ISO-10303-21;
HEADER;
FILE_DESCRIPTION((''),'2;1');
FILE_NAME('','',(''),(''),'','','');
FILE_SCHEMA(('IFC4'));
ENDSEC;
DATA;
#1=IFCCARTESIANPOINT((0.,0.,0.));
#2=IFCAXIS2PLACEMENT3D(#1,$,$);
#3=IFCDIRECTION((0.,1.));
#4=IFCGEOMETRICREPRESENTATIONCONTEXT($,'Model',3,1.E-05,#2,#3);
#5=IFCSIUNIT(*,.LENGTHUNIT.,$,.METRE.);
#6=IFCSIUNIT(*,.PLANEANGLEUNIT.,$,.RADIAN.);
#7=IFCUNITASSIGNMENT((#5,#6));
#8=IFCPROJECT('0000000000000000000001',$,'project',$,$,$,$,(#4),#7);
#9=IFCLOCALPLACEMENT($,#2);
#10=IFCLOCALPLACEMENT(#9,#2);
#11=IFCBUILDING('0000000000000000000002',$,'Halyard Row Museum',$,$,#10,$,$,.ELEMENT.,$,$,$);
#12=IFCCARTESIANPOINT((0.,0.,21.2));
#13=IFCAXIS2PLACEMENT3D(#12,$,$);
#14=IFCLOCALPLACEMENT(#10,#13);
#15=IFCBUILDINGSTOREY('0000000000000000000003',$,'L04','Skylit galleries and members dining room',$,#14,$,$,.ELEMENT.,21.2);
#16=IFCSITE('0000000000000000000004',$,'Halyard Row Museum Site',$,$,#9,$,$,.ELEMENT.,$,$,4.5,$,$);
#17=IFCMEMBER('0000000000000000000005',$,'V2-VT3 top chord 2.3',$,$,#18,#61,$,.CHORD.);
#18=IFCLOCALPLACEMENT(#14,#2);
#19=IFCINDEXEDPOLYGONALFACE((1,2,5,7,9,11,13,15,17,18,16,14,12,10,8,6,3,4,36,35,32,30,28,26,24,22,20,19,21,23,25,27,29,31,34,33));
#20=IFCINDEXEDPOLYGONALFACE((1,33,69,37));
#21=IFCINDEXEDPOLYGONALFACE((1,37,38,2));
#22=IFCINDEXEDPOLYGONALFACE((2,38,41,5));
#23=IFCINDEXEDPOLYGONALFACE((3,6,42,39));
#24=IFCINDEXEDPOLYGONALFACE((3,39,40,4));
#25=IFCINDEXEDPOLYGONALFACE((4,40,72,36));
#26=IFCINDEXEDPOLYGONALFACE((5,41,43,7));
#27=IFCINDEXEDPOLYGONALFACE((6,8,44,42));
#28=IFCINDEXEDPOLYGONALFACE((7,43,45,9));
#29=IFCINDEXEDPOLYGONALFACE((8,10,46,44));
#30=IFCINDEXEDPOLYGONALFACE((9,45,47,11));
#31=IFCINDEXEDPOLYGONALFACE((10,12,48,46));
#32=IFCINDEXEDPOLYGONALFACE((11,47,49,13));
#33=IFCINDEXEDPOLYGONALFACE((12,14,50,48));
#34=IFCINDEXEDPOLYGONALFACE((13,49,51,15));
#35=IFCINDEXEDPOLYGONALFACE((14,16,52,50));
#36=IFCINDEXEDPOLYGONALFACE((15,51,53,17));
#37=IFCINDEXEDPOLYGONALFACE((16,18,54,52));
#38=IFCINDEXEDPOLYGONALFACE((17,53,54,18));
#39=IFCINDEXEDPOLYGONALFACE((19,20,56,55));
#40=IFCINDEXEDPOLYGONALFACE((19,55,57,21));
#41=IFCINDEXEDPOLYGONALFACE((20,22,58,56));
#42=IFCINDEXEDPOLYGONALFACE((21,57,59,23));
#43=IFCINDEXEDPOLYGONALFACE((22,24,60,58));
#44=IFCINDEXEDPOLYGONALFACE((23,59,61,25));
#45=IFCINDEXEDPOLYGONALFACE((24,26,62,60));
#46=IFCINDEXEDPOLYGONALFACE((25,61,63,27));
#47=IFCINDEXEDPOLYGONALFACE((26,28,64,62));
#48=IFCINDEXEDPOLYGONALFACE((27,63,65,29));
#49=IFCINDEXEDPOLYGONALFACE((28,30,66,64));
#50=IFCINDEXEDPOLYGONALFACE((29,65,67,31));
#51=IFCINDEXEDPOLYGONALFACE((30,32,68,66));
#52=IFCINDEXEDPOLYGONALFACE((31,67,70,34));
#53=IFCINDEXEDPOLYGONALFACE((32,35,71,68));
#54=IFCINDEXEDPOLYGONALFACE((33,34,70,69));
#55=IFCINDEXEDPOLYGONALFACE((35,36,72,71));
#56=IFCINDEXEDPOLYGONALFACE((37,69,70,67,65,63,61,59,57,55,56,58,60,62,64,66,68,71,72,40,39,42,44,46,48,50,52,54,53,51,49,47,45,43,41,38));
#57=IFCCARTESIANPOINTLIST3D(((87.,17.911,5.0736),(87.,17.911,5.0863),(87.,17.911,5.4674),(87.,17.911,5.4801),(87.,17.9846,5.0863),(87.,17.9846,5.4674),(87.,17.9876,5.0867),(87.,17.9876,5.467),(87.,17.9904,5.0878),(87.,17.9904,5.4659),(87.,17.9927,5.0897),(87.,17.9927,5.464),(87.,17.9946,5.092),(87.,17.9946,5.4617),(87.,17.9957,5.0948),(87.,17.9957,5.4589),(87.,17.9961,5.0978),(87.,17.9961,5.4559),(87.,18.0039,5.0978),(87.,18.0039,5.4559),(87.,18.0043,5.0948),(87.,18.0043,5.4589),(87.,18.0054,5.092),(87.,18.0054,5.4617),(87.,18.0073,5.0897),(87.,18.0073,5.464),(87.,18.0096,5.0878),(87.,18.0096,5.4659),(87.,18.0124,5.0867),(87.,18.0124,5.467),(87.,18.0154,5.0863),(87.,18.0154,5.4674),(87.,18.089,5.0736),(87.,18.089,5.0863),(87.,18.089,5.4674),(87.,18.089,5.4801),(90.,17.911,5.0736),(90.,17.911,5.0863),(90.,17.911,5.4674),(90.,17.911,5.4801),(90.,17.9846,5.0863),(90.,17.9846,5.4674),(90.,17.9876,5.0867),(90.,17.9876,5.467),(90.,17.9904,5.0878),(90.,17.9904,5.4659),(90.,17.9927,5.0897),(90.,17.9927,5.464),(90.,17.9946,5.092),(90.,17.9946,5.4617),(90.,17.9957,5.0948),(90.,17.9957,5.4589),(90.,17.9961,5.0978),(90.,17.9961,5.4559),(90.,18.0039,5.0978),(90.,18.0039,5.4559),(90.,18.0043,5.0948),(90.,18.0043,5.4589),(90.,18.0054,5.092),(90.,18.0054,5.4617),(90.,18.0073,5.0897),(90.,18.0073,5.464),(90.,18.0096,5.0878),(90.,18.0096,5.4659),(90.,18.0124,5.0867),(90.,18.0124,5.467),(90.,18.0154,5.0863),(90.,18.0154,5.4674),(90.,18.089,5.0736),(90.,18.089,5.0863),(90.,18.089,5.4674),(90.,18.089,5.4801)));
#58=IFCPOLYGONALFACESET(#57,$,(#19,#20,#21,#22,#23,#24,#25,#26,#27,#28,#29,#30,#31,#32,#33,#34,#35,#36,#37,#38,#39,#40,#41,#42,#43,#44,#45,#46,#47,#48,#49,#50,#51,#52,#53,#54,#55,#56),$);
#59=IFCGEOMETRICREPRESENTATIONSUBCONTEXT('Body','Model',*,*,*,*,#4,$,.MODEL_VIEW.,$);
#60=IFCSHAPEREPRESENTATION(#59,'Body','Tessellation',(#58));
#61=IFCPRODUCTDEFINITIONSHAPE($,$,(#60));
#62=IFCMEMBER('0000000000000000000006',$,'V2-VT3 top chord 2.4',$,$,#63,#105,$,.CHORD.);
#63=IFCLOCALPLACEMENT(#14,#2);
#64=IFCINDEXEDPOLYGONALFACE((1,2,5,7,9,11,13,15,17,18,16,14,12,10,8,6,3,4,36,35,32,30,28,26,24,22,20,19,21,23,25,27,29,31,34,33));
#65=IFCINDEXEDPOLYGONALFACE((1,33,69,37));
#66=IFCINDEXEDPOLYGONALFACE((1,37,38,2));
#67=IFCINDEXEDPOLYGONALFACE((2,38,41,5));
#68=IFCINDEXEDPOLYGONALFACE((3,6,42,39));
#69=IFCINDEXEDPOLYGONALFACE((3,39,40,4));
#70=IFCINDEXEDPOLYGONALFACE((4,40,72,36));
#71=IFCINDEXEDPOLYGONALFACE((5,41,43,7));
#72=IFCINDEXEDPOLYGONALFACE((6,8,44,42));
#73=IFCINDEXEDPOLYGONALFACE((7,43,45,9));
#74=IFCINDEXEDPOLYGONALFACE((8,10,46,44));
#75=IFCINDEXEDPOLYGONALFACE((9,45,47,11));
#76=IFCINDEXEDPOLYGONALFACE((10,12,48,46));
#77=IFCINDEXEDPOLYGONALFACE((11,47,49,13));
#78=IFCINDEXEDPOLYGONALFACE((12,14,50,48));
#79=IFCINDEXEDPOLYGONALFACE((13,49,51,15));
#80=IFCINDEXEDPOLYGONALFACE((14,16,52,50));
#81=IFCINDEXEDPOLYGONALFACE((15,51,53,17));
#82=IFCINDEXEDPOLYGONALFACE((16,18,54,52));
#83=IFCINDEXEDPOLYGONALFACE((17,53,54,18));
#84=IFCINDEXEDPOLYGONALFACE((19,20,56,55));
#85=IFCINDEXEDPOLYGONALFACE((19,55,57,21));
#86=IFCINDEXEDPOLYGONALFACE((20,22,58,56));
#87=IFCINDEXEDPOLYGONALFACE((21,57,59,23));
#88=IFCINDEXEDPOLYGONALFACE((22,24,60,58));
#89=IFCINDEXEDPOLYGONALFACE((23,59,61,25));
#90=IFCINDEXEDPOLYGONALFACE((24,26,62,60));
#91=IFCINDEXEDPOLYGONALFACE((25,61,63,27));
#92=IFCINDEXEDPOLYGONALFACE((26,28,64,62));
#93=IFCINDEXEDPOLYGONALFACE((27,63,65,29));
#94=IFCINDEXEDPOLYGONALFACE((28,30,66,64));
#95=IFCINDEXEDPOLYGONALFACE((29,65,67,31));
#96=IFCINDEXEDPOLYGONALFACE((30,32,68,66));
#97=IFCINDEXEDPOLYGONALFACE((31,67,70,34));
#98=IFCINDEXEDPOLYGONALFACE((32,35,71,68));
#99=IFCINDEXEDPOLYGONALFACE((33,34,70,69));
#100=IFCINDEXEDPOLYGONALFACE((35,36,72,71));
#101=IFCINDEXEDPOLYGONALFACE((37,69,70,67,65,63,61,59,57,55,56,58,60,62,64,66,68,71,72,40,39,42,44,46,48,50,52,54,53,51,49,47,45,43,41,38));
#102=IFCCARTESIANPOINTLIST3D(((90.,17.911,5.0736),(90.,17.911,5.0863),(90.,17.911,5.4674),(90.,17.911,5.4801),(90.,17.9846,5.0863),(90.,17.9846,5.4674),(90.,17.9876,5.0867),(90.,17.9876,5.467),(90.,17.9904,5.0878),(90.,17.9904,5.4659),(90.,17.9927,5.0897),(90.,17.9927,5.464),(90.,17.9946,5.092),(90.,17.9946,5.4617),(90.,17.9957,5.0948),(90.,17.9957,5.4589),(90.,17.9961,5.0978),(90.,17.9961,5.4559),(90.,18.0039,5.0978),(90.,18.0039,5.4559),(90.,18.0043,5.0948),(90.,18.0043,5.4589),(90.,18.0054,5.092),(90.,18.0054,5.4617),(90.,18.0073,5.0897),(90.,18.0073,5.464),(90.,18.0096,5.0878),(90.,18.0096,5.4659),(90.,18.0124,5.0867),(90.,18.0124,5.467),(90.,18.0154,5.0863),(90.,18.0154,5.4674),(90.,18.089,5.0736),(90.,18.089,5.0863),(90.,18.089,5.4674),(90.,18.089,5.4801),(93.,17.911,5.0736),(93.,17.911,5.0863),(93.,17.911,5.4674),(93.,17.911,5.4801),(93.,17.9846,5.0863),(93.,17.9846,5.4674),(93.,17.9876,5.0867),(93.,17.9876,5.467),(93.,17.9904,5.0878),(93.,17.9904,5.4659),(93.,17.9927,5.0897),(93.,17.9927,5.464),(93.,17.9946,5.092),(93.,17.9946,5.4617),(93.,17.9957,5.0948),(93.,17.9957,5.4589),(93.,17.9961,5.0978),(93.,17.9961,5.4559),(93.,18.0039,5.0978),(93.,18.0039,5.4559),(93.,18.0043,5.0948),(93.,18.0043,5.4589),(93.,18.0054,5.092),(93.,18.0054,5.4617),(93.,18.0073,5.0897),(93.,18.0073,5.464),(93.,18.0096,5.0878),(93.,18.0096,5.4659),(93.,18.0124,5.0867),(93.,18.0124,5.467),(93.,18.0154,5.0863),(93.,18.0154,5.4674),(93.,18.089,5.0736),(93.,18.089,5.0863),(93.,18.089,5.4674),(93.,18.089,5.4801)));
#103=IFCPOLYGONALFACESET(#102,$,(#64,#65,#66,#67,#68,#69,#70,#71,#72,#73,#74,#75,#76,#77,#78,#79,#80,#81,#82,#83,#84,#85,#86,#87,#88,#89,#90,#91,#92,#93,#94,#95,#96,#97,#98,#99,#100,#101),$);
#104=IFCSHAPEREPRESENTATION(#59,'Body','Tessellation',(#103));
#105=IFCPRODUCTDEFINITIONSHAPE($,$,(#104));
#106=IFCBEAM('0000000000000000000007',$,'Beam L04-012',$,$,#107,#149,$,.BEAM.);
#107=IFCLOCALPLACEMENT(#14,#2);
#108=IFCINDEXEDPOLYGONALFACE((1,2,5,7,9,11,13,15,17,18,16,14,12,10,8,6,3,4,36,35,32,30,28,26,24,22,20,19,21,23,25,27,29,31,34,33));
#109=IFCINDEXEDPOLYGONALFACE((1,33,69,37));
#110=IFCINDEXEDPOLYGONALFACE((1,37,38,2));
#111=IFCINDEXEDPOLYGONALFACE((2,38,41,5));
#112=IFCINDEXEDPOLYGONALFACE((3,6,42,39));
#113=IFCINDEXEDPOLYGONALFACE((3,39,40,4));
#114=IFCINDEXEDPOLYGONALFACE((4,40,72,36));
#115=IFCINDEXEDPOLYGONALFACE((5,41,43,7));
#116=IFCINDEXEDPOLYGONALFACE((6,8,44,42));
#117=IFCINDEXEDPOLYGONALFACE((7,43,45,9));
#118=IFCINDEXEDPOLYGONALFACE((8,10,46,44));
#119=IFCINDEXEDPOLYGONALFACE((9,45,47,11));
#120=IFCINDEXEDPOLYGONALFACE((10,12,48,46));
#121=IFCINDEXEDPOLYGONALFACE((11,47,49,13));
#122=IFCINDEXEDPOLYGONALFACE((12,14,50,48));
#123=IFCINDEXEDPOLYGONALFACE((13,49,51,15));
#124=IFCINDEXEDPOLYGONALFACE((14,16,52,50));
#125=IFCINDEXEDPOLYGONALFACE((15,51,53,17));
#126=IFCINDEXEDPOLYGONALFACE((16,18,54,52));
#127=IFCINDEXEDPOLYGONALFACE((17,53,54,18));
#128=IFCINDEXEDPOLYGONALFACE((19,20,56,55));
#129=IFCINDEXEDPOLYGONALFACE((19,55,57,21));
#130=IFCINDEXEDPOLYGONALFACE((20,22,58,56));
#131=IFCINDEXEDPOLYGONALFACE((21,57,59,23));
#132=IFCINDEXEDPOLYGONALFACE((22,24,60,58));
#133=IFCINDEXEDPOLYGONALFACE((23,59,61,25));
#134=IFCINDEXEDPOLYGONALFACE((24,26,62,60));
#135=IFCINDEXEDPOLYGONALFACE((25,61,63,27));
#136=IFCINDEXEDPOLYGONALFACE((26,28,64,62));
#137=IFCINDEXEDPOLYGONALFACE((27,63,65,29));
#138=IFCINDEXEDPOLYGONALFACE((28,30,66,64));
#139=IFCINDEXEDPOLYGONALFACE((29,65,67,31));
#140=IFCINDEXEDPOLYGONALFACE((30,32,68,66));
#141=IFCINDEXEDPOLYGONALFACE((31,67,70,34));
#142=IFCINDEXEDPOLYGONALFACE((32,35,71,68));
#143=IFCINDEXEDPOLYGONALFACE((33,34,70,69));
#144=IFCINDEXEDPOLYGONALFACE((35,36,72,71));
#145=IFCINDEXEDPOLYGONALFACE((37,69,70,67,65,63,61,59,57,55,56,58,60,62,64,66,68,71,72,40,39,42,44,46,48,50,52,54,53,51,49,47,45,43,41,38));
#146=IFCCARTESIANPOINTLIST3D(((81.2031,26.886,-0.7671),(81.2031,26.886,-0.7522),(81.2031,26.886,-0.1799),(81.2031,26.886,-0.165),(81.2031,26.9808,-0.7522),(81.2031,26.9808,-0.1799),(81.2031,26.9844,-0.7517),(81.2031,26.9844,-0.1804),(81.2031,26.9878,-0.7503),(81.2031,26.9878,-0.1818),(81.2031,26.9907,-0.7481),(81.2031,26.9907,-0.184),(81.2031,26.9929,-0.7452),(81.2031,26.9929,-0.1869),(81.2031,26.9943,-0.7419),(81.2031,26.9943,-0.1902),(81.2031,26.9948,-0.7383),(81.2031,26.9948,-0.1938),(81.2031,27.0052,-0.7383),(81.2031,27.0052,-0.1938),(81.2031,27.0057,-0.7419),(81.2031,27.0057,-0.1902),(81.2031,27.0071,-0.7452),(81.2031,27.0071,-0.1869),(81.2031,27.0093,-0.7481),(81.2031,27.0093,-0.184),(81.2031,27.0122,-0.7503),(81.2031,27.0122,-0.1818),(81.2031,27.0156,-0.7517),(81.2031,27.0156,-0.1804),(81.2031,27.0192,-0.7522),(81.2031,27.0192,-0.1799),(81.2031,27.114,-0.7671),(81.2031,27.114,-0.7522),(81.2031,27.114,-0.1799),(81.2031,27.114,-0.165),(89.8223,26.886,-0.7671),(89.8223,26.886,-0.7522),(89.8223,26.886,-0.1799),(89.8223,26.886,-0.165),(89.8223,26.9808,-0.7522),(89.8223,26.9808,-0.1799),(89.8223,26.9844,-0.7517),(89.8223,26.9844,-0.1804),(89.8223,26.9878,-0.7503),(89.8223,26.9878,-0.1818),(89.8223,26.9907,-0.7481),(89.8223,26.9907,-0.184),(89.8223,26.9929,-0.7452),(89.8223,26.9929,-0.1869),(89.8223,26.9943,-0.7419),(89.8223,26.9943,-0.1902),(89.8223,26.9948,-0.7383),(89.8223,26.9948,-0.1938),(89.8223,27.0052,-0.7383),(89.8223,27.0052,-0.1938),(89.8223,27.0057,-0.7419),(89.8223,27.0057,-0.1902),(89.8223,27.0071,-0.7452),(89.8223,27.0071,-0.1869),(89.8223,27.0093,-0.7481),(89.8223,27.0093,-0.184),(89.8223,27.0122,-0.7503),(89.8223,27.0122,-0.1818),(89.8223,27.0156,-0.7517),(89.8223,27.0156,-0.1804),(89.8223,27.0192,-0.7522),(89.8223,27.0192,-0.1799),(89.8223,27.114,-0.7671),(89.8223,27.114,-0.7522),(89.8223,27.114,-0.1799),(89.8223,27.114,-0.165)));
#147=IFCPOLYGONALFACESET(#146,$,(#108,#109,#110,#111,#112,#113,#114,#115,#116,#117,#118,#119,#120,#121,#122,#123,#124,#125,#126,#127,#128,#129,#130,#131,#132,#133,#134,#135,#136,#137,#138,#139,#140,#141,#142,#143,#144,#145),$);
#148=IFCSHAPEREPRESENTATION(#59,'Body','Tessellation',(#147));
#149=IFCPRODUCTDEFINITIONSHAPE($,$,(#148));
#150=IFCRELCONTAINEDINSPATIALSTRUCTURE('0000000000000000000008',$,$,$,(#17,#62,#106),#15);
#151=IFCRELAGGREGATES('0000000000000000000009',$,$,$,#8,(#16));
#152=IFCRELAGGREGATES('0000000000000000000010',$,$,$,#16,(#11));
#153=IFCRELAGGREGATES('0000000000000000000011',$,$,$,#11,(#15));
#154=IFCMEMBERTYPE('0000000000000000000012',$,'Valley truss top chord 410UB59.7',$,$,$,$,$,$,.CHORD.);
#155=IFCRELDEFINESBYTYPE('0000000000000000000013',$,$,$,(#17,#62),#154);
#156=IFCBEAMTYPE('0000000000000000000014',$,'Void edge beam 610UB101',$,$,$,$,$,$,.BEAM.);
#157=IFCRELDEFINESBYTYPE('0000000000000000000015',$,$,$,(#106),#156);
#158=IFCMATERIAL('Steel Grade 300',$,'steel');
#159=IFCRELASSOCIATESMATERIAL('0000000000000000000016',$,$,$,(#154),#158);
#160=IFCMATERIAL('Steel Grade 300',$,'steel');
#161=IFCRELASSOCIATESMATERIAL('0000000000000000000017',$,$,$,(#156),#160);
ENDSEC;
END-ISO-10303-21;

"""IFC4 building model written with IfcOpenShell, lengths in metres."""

from ifc_helpers import new_model, si_unit, direction, frame, origin, origin_2d, place, context, subcontext, project, spatial, i_section, extrude, material, material_profile, profile_set, type_object, element, save


model = new_model("IFC4")

# Units and contexts
model_context = context("Model", 3, precision=1e-05, world=origin(), true_north=direction((0.0, 1.0)))
body_context = subcontext(model_context, "Body", "Model", "MODEL_VIEW")
ifc_project = project(units=[si_unit("LENGTHUNIT", "METRE"), si_unit("PLANEANGLEUNIT", "RADIAN")], contexts=[model_context])

# Site, building, storey
site_placement = place(None, origin())
site = spatial("IfcSite", under=ifc_project, at=site_placement, Name="Halyard Row Museum Site", CompositionType="ELEMENT", RefElevation=4.5)
building_placement = place(site_placement, origin())
building = spatial("IfcBuilding", under=site, at=building_placement, Name="Halyard Row Museum", CompositionType="ELEMENT")
storey_placement = place(building_placement, frame((0.0, 0.0, 21.2)))
storey = spatial("IfcBuildingStorey", under=building, at=storey_placement, Name="L04", Description="Skylit galleries and members dining room", CompositionType="ELEMENT", Elevation=21.2)

# Members
ifc_material_1 = material(Name="Steel Grade 300", Category="steel")
ifc_material_profile_1 = material_profile(ifc_material_1, i_section(OverallWidth=0.178, OverallDepth=0.4065, WebThickness=0.0078, FlangeThickness=0.0127, FilletRadius=0.0115, at=origin_2d()), Name="410UB59.7")
ifc_profile_set_1 = profile_set([ifc_material_profile_1], Name="Steel Grade 300")
member_type_1 = type_object("IfcMemberType", Name="Valley truss top chord 410UB59.7", PredefinedType="CHORD", material=ifc_profile_set_1)
for number, where, z_axis, x_axis, name in (
    (1, (87.0, 18.0, 5.2769), (1.0, 0.0, 0.0), (0.0, 1.0, 0.0), "V2-VT3 top chord 2.3"),
    (2, (90.0, 18.0, 5.2769), (1.0, 0.0, 0.0), (0.0, 1.0, 0.0), "V2-VT3 top chord 2.4"),
):
    element("IfcMember", number, at=place(storey_placement, frame(where, z_axis=z_axis, x_axis=x_axis)), inside=storey, type_object=member_type_1, Name=name, PredefinedType="CHORD", context=body_context, shape_type="SweptSolid", body=[
        extrude(i_section(OverallWidth=0.178, OverallDepth=0.4065, WebThickness=0.0078, FlangeThickness=0.0127, FilletRadius=0.0115, at=origin_2d()), origin(), (0.0, 0.0, 1.0), 3.0),
    ])

# Beam
ifc_material_2 = material(Name="Steel Grade 300", Category="steel")
ifc_material_profile_2 = material_profile(ifc_material_2, i_section(OverallWidth=0.228, OverallDepth=0.6021, WebThickness=0.0105, FlangeThickness=0.0149, FilletRadius=0.0139, at=origin_2d()), Name="610UB101")
ifc_profile_set_2 = profile_set([ifc_material_profile_2], Name="Steel Grade 300")
beam_type_1 = type_object("IfcBeamType", Name="Void edge beam 610UB101", PredefinedType="BEAM", material=ifc_profile_set_2)
beam_1_placement = place(storey_placement, frame((81.2031, 27.0, -0.4661), z_axis=(1.0, 0.0, 0.0), x_axis=(0.0, 1.0, 0.0)))
element("IfcBeam", 3, at=beam_1_placement, inside=storey, type_object=beam_type_1, Name="Beam L04-012", PredefinedType="BEAM", context=body_context, shape_type="SweptSolid", body=[
    extrude(i_section(OverallWidth=0.228, OverallDepth=0.6021, WebThickness=0.0105, FlangeThickness=0.0149, FilletRadius=0.0139, at=origin_2d()), origin(), (0.0, 0.0, 1.0), 8.6191),
])

save(model, "model.ifc")
